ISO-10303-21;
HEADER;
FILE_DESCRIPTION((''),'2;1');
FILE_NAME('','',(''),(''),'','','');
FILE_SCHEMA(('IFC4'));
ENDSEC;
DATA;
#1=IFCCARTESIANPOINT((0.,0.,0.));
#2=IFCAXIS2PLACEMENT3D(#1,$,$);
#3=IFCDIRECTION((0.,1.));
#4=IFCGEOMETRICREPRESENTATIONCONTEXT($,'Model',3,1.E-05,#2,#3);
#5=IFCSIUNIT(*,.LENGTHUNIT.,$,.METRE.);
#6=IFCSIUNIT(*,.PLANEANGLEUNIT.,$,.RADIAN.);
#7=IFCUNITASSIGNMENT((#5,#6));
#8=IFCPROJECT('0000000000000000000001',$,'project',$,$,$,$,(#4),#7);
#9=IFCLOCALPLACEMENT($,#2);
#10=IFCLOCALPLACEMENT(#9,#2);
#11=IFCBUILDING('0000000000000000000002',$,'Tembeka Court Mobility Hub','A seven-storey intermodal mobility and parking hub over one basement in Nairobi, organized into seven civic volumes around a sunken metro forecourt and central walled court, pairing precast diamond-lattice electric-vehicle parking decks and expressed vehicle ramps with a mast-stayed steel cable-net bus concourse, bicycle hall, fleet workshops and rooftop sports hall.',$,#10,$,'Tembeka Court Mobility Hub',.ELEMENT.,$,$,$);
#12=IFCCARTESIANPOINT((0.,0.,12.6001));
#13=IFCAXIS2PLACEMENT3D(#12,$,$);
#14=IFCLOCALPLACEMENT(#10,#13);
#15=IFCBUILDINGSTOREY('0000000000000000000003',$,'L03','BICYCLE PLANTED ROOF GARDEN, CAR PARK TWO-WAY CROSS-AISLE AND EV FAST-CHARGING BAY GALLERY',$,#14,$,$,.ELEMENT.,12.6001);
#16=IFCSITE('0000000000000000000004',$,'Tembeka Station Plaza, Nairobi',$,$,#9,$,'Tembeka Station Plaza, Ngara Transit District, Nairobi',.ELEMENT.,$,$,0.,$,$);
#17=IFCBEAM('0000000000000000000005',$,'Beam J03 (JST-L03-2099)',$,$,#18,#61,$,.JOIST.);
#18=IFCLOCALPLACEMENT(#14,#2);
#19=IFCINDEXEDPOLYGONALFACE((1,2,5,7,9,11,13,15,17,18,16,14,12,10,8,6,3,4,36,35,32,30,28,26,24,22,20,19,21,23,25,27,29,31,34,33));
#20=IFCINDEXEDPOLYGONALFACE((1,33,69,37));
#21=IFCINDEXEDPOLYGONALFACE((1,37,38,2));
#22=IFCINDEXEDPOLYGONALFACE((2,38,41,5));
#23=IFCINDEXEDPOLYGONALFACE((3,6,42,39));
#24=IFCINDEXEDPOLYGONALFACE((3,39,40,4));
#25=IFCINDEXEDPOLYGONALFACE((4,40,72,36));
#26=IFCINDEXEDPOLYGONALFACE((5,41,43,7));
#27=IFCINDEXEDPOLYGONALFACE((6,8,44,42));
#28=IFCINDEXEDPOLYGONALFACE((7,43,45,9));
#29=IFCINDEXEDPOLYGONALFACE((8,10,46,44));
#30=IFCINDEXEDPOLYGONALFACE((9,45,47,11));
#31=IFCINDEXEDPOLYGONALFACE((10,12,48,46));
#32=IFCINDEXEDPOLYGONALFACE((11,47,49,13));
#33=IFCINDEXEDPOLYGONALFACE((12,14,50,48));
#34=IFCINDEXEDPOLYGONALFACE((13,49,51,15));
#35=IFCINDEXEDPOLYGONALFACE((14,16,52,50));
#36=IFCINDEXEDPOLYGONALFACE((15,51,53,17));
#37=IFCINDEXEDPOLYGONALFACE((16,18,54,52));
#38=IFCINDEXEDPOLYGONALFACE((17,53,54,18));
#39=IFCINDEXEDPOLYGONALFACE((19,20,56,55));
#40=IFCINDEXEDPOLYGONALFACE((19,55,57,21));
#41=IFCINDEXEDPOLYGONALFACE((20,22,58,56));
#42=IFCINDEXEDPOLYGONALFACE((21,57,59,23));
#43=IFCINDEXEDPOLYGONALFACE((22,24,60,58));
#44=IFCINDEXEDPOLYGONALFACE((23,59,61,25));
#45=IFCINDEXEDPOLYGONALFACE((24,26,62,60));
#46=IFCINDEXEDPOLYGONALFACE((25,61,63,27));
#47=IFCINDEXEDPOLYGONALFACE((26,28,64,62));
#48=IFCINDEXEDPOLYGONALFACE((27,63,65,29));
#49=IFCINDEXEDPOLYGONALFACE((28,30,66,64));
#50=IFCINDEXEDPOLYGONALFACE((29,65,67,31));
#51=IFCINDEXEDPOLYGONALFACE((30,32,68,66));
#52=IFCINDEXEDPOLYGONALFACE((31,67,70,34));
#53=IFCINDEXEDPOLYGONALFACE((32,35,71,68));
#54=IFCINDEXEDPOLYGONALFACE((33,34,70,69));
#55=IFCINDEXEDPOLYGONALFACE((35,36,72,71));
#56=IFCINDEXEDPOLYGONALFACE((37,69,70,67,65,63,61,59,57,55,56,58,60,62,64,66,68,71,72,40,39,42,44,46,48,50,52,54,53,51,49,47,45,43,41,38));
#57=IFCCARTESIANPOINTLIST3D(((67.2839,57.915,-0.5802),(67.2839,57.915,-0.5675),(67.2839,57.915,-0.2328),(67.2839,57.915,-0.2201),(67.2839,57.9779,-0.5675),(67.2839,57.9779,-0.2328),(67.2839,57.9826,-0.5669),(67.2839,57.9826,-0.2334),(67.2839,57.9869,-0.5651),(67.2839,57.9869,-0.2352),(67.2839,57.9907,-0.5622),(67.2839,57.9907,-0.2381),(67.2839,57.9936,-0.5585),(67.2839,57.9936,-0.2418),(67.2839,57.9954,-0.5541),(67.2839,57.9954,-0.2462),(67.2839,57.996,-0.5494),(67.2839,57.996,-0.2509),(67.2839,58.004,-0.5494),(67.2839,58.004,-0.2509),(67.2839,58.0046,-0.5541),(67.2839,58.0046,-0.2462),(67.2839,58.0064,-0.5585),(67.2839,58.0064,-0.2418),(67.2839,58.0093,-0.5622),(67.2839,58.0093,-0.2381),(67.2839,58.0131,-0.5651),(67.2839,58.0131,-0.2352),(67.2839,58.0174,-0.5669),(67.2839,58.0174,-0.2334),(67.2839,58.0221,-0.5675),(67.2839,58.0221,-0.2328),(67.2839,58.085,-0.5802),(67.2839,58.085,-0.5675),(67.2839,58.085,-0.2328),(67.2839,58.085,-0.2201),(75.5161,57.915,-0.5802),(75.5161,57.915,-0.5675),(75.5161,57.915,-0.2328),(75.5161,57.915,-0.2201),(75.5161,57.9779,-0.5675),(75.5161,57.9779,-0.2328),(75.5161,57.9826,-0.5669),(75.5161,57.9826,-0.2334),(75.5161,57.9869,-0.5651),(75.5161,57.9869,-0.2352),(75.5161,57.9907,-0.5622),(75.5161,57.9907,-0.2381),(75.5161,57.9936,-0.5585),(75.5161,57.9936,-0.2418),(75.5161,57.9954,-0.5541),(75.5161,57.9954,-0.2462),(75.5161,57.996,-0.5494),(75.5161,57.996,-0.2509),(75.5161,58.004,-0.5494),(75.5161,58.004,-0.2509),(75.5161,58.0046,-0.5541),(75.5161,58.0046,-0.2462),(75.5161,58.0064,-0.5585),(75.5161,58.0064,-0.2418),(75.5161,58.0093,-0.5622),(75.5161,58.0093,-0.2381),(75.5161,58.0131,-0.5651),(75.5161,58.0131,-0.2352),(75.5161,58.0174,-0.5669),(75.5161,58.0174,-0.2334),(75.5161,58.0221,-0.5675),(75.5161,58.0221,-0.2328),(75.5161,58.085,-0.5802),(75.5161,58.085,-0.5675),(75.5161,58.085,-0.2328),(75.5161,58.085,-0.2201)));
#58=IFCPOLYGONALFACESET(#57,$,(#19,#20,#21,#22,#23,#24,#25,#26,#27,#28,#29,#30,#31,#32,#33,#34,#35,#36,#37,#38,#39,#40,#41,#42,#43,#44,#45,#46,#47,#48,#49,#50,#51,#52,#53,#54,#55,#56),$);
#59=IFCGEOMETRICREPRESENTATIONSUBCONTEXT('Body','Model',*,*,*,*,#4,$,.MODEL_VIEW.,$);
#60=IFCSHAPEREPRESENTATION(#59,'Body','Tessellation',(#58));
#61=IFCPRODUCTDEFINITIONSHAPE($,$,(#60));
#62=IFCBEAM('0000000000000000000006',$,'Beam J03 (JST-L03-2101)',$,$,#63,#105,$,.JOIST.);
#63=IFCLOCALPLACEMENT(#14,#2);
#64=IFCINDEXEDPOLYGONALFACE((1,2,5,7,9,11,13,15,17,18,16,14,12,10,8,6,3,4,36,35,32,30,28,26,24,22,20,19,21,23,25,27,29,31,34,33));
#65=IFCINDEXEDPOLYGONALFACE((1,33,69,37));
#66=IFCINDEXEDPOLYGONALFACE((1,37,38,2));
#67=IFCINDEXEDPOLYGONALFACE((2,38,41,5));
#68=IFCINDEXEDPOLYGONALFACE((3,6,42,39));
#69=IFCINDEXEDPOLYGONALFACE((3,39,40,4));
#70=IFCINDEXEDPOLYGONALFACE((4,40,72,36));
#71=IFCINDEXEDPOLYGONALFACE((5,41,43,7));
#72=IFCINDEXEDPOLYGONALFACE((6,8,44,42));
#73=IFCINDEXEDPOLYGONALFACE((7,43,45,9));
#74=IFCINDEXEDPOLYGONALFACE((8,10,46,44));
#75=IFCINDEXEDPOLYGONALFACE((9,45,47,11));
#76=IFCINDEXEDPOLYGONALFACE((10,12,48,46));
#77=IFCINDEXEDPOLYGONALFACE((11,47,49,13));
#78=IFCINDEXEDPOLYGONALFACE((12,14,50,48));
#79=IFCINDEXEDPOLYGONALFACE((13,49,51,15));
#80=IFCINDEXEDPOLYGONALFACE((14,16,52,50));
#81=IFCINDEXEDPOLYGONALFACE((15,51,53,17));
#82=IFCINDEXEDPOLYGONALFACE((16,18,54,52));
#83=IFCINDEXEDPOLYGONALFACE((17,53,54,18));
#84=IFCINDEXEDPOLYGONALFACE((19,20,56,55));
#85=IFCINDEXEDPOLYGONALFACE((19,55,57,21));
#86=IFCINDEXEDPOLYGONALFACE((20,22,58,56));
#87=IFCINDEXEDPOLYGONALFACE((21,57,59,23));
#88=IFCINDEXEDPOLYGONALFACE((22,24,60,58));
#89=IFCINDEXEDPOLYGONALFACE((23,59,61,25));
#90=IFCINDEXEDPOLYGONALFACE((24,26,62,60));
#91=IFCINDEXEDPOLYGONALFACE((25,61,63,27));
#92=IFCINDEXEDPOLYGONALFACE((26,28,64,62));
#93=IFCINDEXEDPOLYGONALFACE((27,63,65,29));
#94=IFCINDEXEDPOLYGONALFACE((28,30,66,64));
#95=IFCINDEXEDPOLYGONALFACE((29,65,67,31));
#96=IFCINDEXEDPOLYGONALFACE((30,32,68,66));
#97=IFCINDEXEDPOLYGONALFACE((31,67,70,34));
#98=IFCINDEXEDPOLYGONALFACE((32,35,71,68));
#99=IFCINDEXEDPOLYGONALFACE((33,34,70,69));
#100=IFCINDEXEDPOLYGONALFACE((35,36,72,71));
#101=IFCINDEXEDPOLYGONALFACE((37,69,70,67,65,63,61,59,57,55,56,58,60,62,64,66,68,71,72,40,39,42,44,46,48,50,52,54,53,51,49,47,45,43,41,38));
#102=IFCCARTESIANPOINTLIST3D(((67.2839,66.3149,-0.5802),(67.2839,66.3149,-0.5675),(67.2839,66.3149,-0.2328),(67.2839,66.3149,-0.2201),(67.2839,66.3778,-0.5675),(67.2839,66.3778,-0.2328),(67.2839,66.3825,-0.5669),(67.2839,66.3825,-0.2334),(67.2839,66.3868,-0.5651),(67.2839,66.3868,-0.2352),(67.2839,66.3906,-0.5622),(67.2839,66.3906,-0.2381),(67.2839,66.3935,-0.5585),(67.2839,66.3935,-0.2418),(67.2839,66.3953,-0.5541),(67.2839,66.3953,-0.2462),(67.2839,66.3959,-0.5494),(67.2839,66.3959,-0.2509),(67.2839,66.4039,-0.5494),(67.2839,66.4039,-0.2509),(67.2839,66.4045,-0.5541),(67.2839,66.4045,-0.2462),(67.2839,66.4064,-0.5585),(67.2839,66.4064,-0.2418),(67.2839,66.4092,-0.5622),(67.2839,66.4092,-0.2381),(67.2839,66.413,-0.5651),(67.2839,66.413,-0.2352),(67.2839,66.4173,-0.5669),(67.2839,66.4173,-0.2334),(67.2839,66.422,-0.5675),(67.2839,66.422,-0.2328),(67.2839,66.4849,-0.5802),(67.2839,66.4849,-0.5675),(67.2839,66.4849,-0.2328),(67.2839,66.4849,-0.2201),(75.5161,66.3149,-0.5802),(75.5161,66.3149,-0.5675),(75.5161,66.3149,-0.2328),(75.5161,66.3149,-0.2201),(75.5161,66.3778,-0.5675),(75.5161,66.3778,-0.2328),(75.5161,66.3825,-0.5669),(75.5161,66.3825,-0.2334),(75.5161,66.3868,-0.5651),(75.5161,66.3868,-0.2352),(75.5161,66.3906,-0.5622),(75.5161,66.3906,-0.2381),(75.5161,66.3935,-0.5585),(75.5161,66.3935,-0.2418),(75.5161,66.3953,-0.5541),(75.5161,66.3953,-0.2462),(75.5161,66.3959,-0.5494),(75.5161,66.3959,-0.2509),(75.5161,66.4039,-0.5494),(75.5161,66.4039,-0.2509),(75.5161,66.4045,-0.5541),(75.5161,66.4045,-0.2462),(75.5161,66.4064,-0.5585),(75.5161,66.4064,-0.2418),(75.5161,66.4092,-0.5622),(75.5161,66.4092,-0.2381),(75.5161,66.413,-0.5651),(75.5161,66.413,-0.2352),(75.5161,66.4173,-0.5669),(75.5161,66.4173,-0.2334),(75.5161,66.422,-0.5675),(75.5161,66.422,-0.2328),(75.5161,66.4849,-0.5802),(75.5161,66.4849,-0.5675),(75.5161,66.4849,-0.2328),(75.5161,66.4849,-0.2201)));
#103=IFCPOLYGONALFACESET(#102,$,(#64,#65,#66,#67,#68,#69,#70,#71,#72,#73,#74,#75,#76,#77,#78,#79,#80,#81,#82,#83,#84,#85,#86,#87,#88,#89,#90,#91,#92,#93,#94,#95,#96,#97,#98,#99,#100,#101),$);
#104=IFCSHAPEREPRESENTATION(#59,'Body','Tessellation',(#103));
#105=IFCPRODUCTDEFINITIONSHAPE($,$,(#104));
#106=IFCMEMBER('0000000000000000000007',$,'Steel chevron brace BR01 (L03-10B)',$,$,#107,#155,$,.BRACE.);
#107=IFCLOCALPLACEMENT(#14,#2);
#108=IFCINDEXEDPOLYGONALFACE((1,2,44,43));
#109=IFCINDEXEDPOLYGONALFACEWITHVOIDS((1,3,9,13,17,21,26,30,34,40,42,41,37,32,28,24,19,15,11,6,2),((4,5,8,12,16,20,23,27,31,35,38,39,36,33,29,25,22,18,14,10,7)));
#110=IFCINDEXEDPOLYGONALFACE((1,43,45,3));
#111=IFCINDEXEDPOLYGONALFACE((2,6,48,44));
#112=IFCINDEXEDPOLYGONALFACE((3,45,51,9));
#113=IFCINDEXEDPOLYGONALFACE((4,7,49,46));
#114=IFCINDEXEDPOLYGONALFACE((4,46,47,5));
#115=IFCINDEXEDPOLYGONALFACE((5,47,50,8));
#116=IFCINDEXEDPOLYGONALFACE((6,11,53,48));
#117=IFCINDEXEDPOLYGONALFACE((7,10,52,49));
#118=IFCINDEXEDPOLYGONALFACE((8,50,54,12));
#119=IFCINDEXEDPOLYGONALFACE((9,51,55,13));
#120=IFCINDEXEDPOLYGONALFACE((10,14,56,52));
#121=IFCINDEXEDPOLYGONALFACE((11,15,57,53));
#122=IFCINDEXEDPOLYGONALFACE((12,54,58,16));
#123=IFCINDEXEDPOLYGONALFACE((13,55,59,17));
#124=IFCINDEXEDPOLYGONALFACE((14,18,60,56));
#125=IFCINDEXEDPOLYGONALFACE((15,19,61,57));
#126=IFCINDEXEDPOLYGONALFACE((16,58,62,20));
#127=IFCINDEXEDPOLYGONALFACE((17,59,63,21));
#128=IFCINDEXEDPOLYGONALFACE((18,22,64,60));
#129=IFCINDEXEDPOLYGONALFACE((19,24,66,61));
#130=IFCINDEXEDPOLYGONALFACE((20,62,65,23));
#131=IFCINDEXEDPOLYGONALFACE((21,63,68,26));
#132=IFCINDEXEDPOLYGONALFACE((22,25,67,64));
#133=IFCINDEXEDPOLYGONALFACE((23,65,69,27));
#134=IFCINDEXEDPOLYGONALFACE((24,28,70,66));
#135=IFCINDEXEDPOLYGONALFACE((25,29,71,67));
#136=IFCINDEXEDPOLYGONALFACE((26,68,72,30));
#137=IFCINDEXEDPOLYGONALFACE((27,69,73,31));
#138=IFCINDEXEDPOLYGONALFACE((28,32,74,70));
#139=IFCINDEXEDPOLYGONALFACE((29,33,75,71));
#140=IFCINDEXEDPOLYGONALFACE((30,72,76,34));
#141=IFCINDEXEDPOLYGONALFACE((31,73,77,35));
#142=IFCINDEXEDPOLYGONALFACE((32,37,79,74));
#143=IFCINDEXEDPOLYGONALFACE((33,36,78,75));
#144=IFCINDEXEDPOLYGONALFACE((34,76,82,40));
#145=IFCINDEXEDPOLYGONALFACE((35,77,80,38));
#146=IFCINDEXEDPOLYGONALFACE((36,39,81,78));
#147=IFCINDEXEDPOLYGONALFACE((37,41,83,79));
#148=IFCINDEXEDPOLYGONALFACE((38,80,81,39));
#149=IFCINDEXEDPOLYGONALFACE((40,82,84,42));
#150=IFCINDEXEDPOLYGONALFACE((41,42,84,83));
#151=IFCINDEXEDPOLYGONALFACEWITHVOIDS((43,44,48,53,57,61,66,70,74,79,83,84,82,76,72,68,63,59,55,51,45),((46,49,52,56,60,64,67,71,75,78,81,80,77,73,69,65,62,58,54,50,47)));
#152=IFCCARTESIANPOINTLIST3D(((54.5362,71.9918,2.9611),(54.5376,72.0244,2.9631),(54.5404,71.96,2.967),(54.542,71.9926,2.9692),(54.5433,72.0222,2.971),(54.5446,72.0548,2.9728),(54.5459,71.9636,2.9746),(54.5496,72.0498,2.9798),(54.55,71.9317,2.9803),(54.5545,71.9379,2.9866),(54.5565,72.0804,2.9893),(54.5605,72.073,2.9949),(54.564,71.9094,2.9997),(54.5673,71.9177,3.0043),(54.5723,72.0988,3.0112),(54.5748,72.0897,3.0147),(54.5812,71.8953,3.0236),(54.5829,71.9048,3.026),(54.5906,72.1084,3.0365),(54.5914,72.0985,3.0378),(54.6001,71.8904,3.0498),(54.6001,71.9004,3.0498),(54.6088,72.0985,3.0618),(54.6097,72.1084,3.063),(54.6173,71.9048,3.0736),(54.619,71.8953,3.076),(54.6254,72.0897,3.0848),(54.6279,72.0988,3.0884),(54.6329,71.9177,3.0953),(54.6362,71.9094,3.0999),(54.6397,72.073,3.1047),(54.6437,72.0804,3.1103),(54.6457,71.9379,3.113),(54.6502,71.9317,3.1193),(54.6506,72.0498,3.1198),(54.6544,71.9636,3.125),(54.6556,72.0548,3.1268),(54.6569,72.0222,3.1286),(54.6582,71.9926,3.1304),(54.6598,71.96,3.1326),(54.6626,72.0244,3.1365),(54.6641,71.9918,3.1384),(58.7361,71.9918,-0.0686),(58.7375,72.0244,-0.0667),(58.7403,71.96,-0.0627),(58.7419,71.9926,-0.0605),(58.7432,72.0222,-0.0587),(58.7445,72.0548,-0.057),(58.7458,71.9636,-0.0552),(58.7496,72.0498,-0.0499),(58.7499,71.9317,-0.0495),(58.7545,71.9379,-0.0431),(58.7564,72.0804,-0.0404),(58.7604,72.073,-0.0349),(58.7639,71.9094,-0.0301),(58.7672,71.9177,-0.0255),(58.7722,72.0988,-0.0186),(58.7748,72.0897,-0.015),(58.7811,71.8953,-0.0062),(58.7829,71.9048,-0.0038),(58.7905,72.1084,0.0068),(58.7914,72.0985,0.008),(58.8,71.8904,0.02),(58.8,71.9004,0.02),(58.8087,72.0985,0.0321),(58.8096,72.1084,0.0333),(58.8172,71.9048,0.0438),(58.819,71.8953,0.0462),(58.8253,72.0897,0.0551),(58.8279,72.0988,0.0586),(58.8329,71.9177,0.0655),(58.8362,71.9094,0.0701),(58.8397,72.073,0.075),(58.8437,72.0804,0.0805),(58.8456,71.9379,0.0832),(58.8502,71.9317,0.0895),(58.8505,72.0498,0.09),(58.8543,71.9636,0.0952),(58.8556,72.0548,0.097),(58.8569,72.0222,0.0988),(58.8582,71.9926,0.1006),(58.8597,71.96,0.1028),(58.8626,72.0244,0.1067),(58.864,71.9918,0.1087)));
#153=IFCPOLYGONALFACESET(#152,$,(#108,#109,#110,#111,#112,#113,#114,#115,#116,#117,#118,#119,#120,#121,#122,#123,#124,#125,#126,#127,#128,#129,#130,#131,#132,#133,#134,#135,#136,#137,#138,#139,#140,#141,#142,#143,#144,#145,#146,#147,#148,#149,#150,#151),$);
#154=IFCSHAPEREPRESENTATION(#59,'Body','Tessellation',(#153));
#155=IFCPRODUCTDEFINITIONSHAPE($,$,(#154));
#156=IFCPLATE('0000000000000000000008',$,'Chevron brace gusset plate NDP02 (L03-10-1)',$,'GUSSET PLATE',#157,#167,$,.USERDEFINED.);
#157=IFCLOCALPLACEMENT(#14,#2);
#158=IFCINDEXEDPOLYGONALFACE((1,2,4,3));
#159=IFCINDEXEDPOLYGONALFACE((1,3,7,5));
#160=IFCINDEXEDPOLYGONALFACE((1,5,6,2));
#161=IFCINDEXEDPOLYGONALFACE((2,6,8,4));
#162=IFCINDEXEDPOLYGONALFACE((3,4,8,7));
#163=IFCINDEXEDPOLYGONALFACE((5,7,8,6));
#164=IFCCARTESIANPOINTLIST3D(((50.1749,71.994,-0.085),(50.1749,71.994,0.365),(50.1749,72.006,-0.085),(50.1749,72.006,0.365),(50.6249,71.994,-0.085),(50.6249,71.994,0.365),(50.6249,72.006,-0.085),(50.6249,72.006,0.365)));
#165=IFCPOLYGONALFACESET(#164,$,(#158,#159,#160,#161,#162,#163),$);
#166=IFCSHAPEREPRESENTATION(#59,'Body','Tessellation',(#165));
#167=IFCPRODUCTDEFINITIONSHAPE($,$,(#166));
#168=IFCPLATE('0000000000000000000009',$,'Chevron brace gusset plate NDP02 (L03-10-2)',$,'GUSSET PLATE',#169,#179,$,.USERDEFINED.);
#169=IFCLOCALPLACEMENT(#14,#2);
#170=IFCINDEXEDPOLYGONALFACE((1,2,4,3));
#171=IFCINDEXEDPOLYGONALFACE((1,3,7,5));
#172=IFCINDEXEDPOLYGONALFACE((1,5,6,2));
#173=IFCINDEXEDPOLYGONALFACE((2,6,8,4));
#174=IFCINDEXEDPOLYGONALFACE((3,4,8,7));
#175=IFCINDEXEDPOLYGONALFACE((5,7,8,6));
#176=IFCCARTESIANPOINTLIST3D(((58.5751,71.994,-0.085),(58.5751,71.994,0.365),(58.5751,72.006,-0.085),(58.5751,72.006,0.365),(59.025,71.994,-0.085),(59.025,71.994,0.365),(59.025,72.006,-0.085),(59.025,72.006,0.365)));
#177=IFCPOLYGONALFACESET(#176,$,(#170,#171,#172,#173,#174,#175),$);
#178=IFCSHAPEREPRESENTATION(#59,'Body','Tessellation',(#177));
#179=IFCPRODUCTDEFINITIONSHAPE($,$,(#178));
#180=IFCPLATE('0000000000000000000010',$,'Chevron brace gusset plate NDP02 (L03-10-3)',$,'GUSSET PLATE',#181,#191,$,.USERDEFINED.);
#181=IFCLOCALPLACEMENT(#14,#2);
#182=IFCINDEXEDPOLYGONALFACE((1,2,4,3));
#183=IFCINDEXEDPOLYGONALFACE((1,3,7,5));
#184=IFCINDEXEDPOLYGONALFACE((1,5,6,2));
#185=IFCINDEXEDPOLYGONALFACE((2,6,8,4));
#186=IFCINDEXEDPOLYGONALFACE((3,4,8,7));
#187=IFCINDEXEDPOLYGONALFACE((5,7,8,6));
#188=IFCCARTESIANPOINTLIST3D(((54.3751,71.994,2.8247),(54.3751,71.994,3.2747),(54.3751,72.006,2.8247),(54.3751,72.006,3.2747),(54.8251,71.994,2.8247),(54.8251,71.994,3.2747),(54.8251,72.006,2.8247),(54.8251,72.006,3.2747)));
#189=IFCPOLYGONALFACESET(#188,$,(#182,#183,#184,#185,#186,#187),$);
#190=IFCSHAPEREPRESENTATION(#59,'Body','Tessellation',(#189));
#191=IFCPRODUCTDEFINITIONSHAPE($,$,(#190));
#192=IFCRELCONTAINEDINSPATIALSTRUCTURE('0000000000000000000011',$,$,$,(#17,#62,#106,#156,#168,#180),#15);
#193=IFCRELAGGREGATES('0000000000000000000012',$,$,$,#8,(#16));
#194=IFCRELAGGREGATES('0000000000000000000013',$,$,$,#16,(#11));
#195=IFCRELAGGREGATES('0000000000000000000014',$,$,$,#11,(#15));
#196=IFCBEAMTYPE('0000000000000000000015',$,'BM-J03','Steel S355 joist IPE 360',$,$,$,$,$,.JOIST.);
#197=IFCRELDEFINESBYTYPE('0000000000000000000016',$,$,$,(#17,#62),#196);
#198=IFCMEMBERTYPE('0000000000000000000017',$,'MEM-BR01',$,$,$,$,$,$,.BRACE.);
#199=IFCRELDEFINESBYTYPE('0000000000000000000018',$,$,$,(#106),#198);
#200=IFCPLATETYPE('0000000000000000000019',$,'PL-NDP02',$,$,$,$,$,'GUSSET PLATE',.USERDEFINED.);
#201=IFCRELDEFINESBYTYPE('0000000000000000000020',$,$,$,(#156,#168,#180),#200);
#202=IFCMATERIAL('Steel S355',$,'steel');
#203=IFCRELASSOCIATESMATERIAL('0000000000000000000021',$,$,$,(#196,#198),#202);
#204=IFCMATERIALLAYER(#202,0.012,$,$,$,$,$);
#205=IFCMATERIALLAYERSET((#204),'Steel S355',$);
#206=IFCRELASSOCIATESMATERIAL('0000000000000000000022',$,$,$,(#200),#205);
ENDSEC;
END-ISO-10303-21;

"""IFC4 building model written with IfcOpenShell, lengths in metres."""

from ifc_helpers import new_model, si_unit, direction, frame, origin, origin_2d, place, context, subcontext, project, spatial, rectangle, hollow_circle, i_section, extrude, material, layer, layer_set, material_profile, profile_set, type_object, element, save


model = new_model("IFC4")

# Units and contexts
model_context = context("Model", 3, precision=1e-05, world=origin(), true_north=direction((0.0, 1.0)))
body_context = subcontext(model_context, "Body", "Model", "MODEL_VIEW")
ifc_project = project(units=[si_unit("LENGTHUNIT", "METRE"), si_unit("PLANEANGLEUNIT", "RADIAN")], contexts=[model_context])

# Site, building, storey
site_placement = place(None, origin())
site = spatial("IfcSite", under=ifc_project, at=site_placement, Name="Tembeka Station Plaza, Nairobi", LongName="Tembeka Station Plaza, Ngara Transit District, Nairobi", CompositionType="ELEMENT", RefElevation=0.0)
building_placement = place(site_placement, origin())
building = spatial("IfcBuilding", under=site, at=building_placement, Name="Tembeka Court Mobility Hub", Description="A seven-storey intermodal mobility and parking hub over one basement in Nairobi, organized into seven civic volumes around a sunken metro forecourt and central walled court, pairing precast diamond-lattice electric-vehicle parking decks and expressed vehicle ramps with a mast-stayed steel cable-net bus concourse, bicycle hall, fleet workshops and rooftop sports hall.", LongName="Tembeka Court Mobility Hub", CompositionType="ELEMENT")
storey_placement = place(building_placement, frame((0.0, 0.0, 12.6001)))
storey = spatial("IfcBuildingStorey", under=building, at=storey_placement, Name="L03", Description="BICYCLE PLANTED ROOF GARDEN, CAR PARK TWO-WAY CROSS-AISLE AND EV FAST-CHARGING BAY GALLERY", CompositionType="ELEMENT", Elevation=12.6001)

# Shared definitions
ifc_material_1 = material(Name="Steel S355", Category="steel")

# Beams
ifc_material_profile_1 = material_profile(ifc_material_1, i_section(OverallWidth=0.1699, OverallDepth=0.3601, WebThickness=0.0081, FlangeThickness=0.0127, FilletRadius=0.0181, at=origin_2d()), Name="IPE 360")
ifc_profile_set_1 = profile_set([ifc_material_profile_1], Name="Steel S355")
beam_type_1 = type_object("IfcBeamType", Name="BM-J03", Description="Steel S355 joist IPE 360", PredefinedType="JOIST", material=ifc_profile_set_1)
for number, where, z_axis, x_axis, name in (
    (1, (67.2839, 58.0, -0.4001), (1.0, 0.0, 0.0), (0.0, 1.0, 0.0), "Beam J03 (JST-L03-2099)"),
    (2, (67.2839, 66.3999, -0.4001), (1.0, 0.0, 0.0), (0.0, 1.0, 0.0), "Beam J03 (JST-L03-2101)"),
):
    element("IfcBeam", number, at=place(storey_placement, frame(where, z_axis=z_axis, x_axis=x_axis)), inside=storey, type_object=beam_type_1, Name=name, PredefinedType="JOIST", context=body_context, shape_type="SweptSolid", body=[
        extrude(i_section(OverallWidth=0.1699, OverallDepth=0.3601, WebThickness=0.0081, FlangeThickness=0.0127, FilletRadius=0.0181, at=origin_2d()), origin(), (0.0, 0.0, 1.0), 8.2322),
    ])

# Member
ifc_material_profile_2 = material_profile(ifc_material_1, hollow_circle(Radius=0.1096, WallThickness=0.01, at=origin_2d()), Name="CHS 219.1x10")
ifc_profile_set_2 = profile_set([ifc_material_profile_2], Name="Steel S355")
member_type = type_object("IfcMemberType", Name="MEM-BR01", PredefinedType="BRACE", material=ifc_profile_set_2)
member_placement = place(storey_placement, frame((58.8, 72.0, 0.02), z_axis=(-0.811001, 0.0, 0.585045), x_axis=(0.0, -1.0, 0.0)))
element("IfcMember", 3, at=member_placement, inside=storey, type_object=member_type, Name="Steel chevron brace BR01 (L03-10B)", PredefinedType="BRACE", context=body_context, shape_type="SweptSolid", body=[
    extrude(hollow_circle(Radius=0.1096, WallThickness=0.01, at=origin_2d()), origin(), (0.0, 0.0, 1.0), 5.1787),
])

# Plates
ifc_layer = layer(ifc_material_1, 0.012)
ifc_layer_set = layer_set([ifc_layer], Name="Steel S355")
plate_type = type_object("IfcPlateType", Name="PL-NDP02", ElementType="GUSSET PLATE", PredefinedType="USERDEFINED", material=ifc_layer_set)
for number, where, z_axis, x_axis, name in (
    (4, (50.3999, 72.0, -0.085), (0.0, 0.0, 1.0), (1.0, 0.0, 0.0), "Chevron brace gusset plate NDP02 (L03-10-1)"),
    (5, (58.8, 72.0, -0.085), (0.0, 0.0, 1.0), (1.0, 0.0, 0.0), "Chevron brace gusset plate NDP02 (L03-10-2)"),
    (6, (54.6001, 72.0, 2.8247), (0.0, 0.0, 1.0), (1.0, 0.0, 0.0), "Chevron brace gusset plate NDP02 (L03-10-3)"),
):
    element("IfcPlate", number, at=place(storey_placement, frame(where, z_axis=z_axis, x_axis=x_axis)), inside=storey, type_object=plate_type, Name=name, ObjectType="GUSSET PLATE", PredefinedType="USERDEFINED", context=body_context, shape_type="SweptSolid", body=[
        extrude(rectangle(XDim=0.45, YDim=0.012, at=origin_2d()), origin(), (0.0, 0.0, 1.0), 0.45),
    ])

save(model, "model.ifc")
